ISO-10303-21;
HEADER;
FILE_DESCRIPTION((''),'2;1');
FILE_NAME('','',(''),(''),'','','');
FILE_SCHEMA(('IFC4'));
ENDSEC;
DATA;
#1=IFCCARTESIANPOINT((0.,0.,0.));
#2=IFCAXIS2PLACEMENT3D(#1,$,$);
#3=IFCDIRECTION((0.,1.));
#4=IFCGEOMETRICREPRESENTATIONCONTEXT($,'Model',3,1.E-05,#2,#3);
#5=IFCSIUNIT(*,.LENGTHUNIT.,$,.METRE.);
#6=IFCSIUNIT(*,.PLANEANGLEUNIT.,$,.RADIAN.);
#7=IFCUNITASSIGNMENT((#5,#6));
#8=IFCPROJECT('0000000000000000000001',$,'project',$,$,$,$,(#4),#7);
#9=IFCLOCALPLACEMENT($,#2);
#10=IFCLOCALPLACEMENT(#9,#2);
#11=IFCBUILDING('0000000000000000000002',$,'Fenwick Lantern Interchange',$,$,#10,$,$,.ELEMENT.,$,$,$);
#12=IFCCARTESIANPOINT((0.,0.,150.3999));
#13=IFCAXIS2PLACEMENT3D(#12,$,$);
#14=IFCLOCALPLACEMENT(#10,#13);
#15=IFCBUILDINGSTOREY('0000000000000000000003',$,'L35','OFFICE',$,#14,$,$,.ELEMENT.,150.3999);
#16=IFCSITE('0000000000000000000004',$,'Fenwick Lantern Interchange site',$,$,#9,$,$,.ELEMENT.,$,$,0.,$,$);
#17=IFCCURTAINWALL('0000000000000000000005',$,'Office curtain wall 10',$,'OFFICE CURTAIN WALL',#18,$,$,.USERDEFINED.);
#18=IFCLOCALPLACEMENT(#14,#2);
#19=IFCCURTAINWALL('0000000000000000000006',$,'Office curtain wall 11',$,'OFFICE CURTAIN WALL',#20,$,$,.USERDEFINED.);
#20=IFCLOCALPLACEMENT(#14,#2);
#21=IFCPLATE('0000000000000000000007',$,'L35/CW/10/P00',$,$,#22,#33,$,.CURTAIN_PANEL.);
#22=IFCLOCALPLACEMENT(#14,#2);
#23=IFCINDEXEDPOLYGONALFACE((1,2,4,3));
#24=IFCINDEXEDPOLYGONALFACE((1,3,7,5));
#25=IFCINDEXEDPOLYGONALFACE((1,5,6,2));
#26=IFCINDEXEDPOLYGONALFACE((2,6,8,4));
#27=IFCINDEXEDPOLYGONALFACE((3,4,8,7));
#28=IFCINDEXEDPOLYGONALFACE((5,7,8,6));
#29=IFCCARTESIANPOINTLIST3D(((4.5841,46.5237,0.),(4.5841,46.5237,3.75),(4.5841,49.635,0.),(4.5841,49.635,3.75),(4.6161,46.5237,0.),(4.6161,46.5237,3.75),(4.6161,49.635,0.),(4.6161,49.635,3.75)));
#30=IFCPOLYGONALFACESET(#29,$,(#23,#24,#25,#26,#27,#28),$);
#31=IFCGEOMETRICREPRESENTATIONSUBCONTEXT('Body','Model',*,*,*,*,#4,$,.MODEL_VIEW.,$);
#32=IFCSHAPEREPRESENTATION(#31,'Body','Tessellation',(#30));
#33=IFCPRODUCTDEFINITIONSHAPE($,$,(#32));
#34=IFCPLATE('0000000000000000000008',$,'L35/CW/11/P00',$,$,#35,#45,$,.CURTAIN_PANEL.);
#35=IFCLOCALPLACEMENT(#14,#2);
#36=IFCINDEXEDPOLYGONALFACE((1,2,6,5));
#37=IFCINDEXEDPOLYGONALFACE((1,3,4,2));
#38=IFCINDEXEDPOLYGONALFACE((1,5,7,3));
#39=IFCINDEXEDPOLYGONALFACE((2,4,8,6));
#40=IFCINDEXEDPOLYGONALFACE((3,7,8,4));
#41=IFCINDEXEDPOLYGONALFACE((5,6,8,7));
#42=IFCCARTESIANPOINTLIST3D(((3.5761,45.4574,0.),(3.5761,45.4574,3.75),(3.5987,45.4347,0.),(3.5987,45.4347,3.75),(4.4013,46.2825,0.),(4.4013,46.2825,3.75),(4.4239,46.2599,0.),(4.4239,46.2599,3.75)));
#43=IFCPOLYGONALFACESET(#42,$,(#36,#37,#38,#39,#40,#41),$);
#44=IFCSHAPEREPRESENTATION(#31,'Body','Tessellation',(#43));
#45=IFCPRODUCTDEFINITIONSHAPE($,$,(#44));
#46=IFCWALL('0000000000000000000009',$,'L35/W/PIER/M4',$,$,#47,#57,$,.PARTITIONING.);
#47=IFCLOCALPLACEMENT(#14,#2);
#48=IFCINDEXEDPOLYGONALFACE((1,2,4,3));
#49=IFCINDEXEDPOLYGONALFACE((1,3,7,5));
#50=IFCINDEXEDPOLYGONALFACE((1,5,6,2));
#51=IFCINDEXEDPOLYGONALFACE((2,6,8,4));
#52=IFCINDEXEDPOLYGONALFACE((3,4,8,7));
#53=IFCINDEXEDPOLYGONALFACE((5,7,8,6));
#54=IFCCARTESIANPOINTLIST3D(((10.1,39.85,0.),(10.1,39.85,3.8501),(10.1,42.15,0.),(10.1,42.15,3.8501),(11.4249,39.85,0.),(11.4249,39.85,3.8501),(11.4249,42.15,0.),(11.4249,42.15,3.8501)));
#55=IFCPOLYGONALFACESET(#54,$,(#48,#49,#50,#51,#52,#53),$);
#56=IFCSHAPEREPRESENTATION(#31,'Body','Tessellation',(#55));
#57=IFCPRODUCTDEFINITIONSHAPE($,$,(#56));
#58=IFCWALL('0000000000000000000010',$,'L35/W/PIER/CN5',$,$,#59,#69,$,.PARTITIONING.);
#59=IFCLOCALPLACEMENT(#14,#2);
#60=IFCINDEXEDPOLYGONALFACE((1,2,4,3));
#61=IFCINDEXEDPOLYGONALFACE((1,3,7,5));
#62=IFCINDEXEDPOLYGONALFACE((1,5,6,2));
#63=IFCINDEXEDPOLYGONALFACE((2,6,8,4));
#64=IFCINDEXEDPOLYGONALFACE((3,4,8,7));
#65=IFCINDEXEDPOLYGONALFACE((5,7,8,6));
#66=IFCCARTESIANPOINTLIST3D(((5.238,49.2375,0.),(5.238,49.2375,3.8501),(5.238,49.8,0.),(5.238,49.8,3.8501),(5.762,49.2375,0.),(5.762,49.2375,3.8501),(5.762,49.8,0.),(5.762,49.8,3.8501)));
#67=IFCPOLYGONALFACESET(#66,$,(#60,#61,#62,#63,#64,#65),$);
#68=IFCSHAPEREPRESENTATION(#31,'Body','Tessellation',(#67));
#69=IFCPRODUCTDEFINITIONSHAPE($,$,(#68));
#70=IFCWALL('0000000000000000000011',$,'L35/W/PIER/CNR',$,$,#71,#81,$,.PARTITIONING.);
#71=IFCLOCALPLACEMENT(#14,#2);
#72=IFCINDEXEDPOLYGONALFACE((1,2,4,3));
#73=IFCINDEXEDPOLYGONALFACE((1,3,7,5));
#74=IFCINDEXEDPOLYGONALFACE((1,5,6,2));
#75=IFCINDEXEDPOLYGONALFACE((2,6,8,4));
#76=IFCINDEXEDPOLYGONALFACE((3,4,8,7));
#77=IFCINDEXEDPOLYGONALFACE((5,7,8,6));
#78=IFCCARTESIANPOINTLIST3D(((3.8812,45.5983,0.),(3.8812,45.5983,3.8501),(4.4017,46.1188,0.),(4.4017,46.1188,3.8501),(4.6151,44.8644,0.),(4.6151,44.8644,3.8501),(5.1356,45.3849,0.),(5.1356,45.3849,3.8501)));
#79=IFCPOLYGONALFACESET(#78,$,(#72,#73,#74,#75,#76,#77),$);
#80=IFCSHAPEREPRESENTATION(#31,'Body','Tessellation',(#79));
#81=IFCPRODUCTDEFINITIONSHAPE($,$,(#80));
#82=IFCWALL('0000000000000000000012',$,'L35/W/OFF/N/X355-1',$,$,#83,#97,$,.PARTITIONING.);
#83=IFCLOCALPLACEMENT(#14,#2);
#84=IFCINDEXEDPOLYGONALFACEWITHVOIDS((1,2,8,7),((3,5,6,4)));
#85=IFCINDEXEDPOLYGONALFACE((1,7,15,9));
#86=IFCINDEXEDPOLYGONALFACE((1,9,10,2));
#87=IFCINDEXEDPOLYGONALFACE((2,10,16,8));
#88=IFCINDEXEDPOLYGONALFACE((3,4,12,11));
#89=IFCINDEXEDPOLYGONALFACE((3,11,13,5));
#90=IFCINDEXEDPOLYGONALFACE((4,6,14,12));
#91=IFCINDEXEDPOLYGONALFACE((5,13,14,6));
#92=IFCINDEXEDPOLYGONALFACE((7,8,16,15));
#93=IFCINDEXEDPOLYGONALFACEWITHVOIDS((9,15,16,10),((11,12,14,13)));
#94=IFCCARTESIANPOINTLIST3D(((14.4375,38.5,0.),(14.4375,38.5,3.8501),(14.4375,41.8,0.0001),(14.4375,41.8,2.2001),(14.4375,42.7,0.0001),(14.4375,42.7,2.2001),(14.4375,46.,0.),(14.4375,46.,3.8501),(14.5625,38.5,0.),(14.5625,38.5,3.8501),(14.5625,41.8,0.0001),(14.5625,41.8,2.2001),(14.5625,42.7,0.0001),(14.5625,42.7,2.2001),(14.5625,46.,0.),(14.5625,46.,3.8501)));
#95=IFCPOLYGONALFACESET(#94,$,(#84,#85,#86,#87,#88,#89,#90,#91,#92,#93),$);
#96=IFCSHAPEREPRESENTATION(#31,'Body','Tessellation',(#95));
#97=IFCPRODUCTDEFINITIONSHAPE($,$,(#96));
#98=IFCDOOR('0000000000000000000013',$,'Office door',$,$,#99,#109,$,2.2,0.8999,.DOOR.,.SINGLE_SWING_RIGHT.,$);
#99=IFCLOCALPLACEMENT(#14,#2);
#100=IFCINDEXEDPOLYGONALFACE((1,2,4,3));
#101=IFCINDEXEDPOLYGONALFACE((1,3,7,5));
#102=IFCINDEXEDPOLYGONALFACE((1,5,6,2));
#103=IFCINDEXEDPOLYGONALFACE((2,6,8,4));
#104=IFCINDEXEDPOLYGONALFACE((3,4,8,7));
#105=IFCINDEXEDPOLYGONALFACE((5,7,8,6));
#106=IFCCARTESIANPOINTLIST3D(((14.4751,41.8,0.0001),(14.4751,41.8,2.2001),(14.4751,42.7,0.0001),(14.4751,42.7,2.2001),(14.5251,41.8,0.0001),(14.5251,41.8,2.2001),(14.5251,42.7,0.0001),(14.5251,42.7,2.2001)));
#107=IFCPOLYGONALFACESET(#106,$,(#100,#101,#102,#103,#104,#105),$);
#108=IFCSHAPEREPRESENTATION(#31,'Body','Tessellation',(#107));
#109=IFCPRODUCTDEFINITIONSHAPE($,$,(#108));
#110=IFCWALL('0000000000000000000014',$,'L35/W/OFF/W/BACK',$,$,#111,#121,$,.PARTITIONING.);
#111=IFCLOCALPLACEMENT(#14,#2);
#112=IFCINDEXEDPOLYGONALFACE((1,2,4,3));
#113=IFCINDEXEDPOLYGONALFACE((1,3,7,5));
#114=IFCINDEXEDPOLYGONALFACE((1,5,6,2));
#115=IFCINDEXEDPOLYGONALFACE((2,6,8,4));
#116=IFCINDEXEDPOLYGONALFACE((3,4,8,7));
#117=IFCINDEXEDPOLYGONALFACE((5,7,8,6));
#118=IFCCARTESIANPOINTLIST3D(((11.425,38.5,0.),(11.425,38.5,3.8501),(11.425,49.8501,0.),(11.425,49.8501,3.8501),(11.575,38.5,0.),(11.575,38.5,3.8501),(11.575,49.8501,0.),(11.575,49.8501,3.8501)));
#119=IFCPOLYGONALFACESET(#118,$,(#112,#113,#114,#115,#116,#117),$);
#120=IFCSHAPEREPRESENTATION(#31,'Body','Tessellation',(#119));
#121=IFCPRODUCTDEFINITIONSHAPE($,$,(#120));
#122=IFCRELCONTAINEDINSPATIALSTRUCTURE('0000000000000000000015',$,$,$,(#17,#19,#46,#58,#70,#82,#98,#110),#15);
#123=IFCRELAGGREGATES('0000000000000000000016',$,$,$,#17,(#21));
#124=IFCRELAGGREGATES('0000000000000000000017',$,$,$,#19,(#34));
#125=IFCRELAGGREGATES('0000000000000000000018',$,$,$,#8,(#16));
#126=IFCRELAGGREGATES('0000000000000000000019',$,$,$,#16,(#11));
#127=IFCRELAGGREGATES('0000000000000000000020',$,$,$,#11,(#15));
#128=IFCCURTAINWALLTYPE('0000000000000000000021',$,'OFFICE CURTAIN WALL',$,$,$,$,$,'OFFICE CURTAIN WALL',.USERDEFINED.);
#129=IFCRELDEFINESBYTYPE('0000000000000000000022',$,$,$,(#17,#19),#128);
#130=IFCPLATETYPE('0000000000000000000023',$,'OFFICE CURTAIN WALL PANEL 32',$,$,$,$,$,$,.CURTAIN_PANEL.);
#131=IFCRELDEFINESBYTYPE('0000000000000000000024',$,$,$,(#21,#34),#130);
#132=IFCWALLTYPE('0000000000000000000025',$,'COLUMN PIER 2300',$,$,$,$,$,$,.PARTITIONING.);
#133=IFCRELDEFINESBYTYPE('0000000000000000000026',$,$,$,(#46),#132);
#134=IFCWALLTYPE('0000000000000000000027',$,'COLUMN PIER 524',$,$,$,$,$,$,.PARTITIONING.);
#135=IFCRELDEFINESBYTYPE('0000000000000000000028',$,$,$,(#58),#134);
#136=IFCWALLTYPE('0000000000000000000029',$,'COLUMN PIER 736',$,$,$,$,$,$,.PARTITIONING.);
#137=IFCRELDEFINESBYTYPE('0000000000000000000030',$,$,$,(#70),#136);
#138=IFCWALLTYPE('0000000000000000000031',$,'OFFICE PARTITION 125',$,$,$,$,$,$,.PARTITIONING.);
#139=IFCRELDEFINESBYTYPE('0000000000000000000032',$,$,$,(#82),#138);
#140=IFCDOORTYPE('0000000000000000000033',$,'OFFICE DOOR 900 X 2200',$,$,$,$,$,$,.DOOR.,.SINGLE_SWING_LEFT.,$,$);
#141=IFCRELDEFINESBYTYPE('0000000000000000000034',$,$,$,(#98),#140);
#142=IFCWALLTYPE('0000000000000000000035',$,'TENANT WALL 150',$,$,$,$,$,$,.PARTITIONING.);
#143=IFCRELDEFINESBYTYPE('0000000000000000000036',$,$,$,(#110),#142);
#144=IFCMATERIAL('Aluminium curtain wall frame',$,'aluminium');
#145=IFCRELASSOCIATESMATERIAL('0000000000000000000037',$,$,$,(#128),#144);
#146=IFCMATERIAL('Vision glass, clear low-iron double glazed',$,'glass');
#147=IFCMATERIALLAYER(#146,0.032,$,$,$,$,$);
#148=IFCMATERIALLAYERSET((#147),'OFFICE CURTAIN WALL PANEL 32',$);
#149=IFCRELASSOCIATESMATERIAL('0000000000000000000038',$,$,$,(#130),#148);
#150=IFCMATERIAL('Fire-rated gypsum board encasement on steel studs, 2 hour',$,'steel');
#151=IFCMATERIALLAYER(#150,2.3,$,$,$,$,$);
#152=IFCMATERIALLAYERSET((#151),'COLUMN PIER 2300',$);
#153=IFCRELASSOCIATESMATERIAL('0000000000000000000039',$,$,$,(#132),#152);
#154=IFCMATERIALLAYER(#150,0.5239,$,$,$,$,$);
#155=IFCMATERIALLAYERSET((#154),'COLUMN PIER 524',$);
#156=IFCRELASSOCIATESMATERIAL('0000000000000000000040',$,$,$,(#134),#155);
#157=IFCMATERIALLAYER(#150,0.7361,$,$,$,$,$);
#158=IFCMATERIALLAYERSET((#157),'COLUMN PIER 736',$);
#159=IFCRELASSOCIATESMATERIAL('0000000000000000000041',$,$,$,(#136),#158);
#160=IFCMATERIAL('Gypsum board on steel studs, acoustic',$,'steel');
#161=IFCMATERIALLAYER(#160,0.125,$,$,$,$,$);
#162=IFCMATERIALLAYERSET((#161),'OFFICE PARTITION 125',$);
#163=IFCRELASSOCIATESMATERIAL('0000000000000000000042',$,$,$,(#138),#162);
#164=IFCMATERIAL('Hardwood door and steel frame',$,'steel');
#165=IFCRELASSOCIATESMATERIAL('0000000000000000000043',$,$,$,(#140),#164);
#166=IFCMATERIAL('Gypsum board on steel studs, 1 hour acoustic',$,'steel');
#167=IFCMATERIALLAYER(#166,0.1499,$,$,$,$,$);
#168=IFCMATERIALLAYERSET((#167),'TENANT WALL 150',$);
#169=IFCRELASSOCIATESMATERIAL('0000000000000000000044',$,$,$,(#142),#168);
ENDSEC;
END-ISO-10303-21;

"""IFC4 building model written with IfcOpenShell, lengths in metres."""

from ifc_helpers import new_model, si_unit, direction, frame, frame_2d, origin, origin_2d, place, context, subcontext, project, spatial, rectangle, extrude, material, layer, layer_set, type_object, element, fill, aggregate, save


model = new_model("IFC4")

# Units and contexts
model_context = context("Model", 3, precision=1e-05, world=origin(), true_north=direction((0.0, 1.0)))
body_context = subcontext(model_context, "Body", "Model", "MODEL_VIEW")
ifc_project = project(units=[si_unit("LENGTHUNIT", "METRE"), si_unit("PLANEANGLEUNIT", "RADIAN")], contexts=[model_context])

# Site, building, storey
site_placement = place(None, origin())
site = spatial("IfcSite", under=ifc_project, at=site_placement, Name="Fenwick Lantern Interchange site", CompositionType="ELEMENT", RefElevation=0.0)
building_placement = place(site_placement, origin())
building = spatial("IfcBuilding", under=site, at=building_placement, Name="Fenwick Lantern Interchange", CompositionType="ELEMENT")
storey_placement = place(building_placement, frame((0.0, 0.0, 150.3999)))
storey = spatial("IfcBuildingStorey", under=building, at=storey_placement, Name="L35", Description="OFFICE", CompositionType="ELEMENT", Elevation=150.3999)

# Curtain walls
ifc_material_1 = material(Name="Aluminium curtain wall frame", Category="aluminium")
curtain_wall_type = type_object("IfcCurtainWallType", Name="OFFICE CURTAIN WALL", ElementType="OFFICE CURTAIN WALL", PredefinedType="USERDEFINED", material=ifc_material_1)
curtain_wall_1_placement = place(storey_placement, origin())
curtain_wall_1 = element("IfcCurtainWall", 1, at=curtain_wall_1_placement, inside=storey, type_object=curtain_wall_type, Name="Office curtain wall 10", ObjectType="OFFICE CURTAIN WALL", PredefinedType="USERDEFINED")
curtain_wall_2_placement = place(storey_placement, origin())
curtain_wall_2 = element("IfcCurtainWall", 2, at=curtain_wall_2_placement, inside=storey, type_object=curtain_wall_type, Name="Office curtain wall 11", ObjectType="OFFICE CURTAIN WALL", PredefinedType="USERDEFINED")

# Plates
ifc_material_2 = material(Name="Vision glass, clear low-iron double glazed", Category="glass")
ifc_layer_1 = layer(ifc_material_2, 0.032)
ifc_layer_set_1 = layer_set([ifc_layer_1], Name="OFFICE CURTAIN WALL PANEL 32")
plate_type = type_object("IfcPlateType", Name="OFFICE CURTAIN WALL PANEL 32", PredefinedType="CURTAIN_PANEL", material=ifc_layer_set_1)
plate_1_placement = place(storey_placement, frame((4.6001, 48.0793, 0.0), z_axis=(0.0, 0.0, 1.0), x_axis=(0.0, -1.0, 0.0)))
plate_1 = element("IfcPlate", 3, at=plate_1_placement, type_object=plate_type, Name="L35/CW/10/P00", PredefinedType="CURTAIN_PANEL", context=body_context, shape_type="SweptSolid", body=[
    extrude(rectangle(XDim=3.1113, YDim=0.032, at=origin_2d()), origin(), (0.0, 0.0, 1.0), 3.75),
])
aggregate(curtain_wall_1, [plate_1])
plate_2_placement = place(storey_placement, frame((4.0, 45.8586, 0.0), z_axis=(0.0, 0.0, 1.0), x_axis=(-0.707107, -0.707107, 0.0)))
plate_2 = element("IfcPlate", 4, at=plate_2_placement, type_object=plate_type, Name="L35/CW/11/P00", PredefinedType="CURTAIN_PANEL", context=body_context, shape_type="SweptSolid", body=[
    extrude(rectangle(XDim=1.167, YDim=0.032, at=origin_2d()), origin(), (0.0, 0.0, 1.0), 3.75),
])
aggregate(curtain_wall_2, [plate_2])

# Walls
ifc_material_3 = material(Name="Fire-rated gypsum board encasement on steel studs, 2 hour", Category="steel")
ifc_layer_2 = layer(ifc_material_3, 2.3)
ifc_layer_set_2 = layer_set([ifc_layer_2], Name="COLUMN PIER 2300")
wall_type_1 = type_object("IfcWallType", Name="COLUMN PIER 2300", PredefinedType="PARTITIONING", material=ifc_layer_set_2)
wall_1_placement = place(storey_placement, frame((11.425, 41.0, 0.0), z_axis=(0.0, 0.0, 1.0), x_axis=(-1.0, 0.0, 0.0)))
element("IfcWall", 5, at=wall_1_placement, inside=storey, type_object=wall_type_1, Name="L35/W/PIER/M4", PredefinedType="PARTITIONING", context=body_context, shape_type="SweptSolid", body=[
    extrude(rectangle(XDim=1.325, YDim=2.3, at=frame_2d((0.6626, 0.0))), origin(), (0.0, 0.0, 1.0), 3.8501),
])
ifc_layer_3 = layer(ifc_material_3, 0.5239)
ifc_layer_set_3 = layer_set([ifc_layer_3], Name="COLUMN PIER 524")
wall_type_2 = type_object("IfcWallType", Name="COLUMN PIER 524", PredefinedType="PARTITIONING", material=ifc_layer_set_3)
wall_2_placement = place(storey_placement, frame((5.5, 49.8, 0.0), z_axis=(0.0, 0.0, 1.0), x_axis=(0.0, -1.0, 0.0)))
element("IfcWall", 6, at=wall_2_placement, inside=storey, type_object=wall_type_2, Name="L35/W/PIER/CN5", PredefinedType="PARTITIONING", context=body_context, shape_type="SweptSolid", body=[
    extrude(rectangle(XDim=0.5625, YDim=0.5239, at=frame_2d((0.2812, 0.0))), origin(), (0.0, 0.0, 1.0), 3.8501),
])
ifc_layer_4 = layer(ifc_material_3, 0.7361)
ifc_layer_set_4 = layer_set([ifc_layer_4], Name="COLUMN PIER 736")
wall_type_3 = type_object("IfcWallType", Name="COLUMN PIER 736", PredefinedType="PARTITIONING", material=ifc_layer_set_4)
wall_3_placement = place(storey_placement, frame((4.1414, 45.8586, 0.0), z_axis=(0.0, 0.0, 1.0), x_axis=(0.707107, -0.707107, 0.0)))
element("IfcWall", 7, at=wall_3_placement, inside=storey, type_object=wall_type_3, Name="L35/W/PIER/CNR", PredefinedType="PARTITIONING", context=body_context, shape_type="SweptSolid", body=[
    extrude(rectangle(XDim=1.0378, YDim=0.7361, at=frame_2d((0.519, 0.0))), origin(), (0.0, 0.0, 1.0), 3.8501),
])

# Wall, opening, door
ifc_material_4 = material(Name="Gypsum board on steel studs, acoustic", Category="steel")
ifc_layer_5 = layer(ifc_material_4, 0.125)
ifc_layer_set_5 = layer_set([ifc_layer_5], Name="OFFICE PARTITION 125")
wall_type_4 = type_object("IfcWallType", Name="OFFICE PARTITION 125", PredefinedType="PARTITIONING", material=ifc_layer_set_5)
wall_4_placement = place(storey_placement, frame((14.5, 46.0, 0.0), z_axis=(0.0, 0.0, 1.0), x_axis=(0.0, -1.0, 0.0)))
wall_4 = element("IfcWall", 8, at=wall_4_placement, inside=storey, type_object=wall_type_4, Name="L35/W/OFF/N/X355-1", PredefinedType="PARTITIONING", context=body_context, shape_type="SweptSolid", body=[
    extrude(rectangle(XDim=7.5, YDim=0.125, at=frame_2d((3.75, 0.0))), origin(), (0.0, 0.0, 1.0), 3.8501),
])
opening_placement = place(wall_4_placement, frame((3.3, 0.0, 0.0)))
opening = element("IfcOpeningElement", 9, at=opening_placement, cuts=wall_4, PredefinedType="OPENING", context=body_context, shape_type="SweptSolid", body=[
    extrude(rectangle(XDim=0.8999, YDim=2.2, at=frame_2d((0.45, 1.1001))), frame((0.0, 0.0725, 0.0), z_axis=(0.0, -1.0, 0.0), x_axis=(1.0, 0.0, 0.0)), (0.0, 0.0, 1.0), 0.145),
])
ifc_material_5 = material(Name="Hardwood door and steel frame", Category="steel")
door_type = type_object("IfcDoorType", Name="OFFICE DOOR 900 X 2200", OperationType="SINGLE_SWING_LEFT", PredefinedType="DOOR", material=ifc_material_5)
door_placement = place(opening_placement, frame((0.8999, 0.0, 0.0), z_axis=(0.0, 0.0, 1.0), x_axis=(-1.0, 0.0, 0.0)))
door = element("IfcDoor", 10, at=door_placement, inside=storey, type_object=door_type, Name="Office door", OperationType="SINGLE_SWING_RIGHT", OverallHeight=2.2, OverallWidth=0.8999, PredefinedType="DOOR", context=body_context, shape_type="SweptSolid", body=[
    extrude(rectangle(XDim=0.8999, YDim=2.2, at=frame_2d((0.45, 1.1001))), frame((0.0, 0.0249, 0.0), z_axis=(0.0, -1.0, 0.0), x_axis=(1.0, 0.0, 0.0)), (0.0, 0.0, 1.0), 0.05),
])
fill(opening, door)

# Wall
ifc_material_6 = material(Name="Gypsum board on steel studs, 1 hour acoustic", Category="steel")
ifc_layer_6 = layer(ifc_material_6, 0.1499)
ifc_layer_set_6 = layer_set([ifc_layer_6], Name="TENANT WALL 150")
wall_type_5 = type_object("IfcWallType", Name="TENANT WALL 150", PredefinedType="PARTITIONING", material=ifc_layer_set_6)
wall_5_placement = place(storey_placement, frame((11.5, 49.8501, 0.0), z_axis=(0.0, 0.0, 1.0), x_axis=(0.0, -1.0, 0.0)))
element("IfcWall", 11, at=wall_5_placement, inside=storey, type_object=wall_type_5, Name="L35/W/OFF/W/BACK", PredefinedType="PARTITIONING", context=body_context, shape_type="SweptSolid", body=[
    extrude(rectangle(XDim=11.3501, YDim=0.1499, at=frame_2d((5.675, 0.0))), origin(), (0.0, 0.0, 1.0), 3.8501),
])

save(model, "model.ifc")
